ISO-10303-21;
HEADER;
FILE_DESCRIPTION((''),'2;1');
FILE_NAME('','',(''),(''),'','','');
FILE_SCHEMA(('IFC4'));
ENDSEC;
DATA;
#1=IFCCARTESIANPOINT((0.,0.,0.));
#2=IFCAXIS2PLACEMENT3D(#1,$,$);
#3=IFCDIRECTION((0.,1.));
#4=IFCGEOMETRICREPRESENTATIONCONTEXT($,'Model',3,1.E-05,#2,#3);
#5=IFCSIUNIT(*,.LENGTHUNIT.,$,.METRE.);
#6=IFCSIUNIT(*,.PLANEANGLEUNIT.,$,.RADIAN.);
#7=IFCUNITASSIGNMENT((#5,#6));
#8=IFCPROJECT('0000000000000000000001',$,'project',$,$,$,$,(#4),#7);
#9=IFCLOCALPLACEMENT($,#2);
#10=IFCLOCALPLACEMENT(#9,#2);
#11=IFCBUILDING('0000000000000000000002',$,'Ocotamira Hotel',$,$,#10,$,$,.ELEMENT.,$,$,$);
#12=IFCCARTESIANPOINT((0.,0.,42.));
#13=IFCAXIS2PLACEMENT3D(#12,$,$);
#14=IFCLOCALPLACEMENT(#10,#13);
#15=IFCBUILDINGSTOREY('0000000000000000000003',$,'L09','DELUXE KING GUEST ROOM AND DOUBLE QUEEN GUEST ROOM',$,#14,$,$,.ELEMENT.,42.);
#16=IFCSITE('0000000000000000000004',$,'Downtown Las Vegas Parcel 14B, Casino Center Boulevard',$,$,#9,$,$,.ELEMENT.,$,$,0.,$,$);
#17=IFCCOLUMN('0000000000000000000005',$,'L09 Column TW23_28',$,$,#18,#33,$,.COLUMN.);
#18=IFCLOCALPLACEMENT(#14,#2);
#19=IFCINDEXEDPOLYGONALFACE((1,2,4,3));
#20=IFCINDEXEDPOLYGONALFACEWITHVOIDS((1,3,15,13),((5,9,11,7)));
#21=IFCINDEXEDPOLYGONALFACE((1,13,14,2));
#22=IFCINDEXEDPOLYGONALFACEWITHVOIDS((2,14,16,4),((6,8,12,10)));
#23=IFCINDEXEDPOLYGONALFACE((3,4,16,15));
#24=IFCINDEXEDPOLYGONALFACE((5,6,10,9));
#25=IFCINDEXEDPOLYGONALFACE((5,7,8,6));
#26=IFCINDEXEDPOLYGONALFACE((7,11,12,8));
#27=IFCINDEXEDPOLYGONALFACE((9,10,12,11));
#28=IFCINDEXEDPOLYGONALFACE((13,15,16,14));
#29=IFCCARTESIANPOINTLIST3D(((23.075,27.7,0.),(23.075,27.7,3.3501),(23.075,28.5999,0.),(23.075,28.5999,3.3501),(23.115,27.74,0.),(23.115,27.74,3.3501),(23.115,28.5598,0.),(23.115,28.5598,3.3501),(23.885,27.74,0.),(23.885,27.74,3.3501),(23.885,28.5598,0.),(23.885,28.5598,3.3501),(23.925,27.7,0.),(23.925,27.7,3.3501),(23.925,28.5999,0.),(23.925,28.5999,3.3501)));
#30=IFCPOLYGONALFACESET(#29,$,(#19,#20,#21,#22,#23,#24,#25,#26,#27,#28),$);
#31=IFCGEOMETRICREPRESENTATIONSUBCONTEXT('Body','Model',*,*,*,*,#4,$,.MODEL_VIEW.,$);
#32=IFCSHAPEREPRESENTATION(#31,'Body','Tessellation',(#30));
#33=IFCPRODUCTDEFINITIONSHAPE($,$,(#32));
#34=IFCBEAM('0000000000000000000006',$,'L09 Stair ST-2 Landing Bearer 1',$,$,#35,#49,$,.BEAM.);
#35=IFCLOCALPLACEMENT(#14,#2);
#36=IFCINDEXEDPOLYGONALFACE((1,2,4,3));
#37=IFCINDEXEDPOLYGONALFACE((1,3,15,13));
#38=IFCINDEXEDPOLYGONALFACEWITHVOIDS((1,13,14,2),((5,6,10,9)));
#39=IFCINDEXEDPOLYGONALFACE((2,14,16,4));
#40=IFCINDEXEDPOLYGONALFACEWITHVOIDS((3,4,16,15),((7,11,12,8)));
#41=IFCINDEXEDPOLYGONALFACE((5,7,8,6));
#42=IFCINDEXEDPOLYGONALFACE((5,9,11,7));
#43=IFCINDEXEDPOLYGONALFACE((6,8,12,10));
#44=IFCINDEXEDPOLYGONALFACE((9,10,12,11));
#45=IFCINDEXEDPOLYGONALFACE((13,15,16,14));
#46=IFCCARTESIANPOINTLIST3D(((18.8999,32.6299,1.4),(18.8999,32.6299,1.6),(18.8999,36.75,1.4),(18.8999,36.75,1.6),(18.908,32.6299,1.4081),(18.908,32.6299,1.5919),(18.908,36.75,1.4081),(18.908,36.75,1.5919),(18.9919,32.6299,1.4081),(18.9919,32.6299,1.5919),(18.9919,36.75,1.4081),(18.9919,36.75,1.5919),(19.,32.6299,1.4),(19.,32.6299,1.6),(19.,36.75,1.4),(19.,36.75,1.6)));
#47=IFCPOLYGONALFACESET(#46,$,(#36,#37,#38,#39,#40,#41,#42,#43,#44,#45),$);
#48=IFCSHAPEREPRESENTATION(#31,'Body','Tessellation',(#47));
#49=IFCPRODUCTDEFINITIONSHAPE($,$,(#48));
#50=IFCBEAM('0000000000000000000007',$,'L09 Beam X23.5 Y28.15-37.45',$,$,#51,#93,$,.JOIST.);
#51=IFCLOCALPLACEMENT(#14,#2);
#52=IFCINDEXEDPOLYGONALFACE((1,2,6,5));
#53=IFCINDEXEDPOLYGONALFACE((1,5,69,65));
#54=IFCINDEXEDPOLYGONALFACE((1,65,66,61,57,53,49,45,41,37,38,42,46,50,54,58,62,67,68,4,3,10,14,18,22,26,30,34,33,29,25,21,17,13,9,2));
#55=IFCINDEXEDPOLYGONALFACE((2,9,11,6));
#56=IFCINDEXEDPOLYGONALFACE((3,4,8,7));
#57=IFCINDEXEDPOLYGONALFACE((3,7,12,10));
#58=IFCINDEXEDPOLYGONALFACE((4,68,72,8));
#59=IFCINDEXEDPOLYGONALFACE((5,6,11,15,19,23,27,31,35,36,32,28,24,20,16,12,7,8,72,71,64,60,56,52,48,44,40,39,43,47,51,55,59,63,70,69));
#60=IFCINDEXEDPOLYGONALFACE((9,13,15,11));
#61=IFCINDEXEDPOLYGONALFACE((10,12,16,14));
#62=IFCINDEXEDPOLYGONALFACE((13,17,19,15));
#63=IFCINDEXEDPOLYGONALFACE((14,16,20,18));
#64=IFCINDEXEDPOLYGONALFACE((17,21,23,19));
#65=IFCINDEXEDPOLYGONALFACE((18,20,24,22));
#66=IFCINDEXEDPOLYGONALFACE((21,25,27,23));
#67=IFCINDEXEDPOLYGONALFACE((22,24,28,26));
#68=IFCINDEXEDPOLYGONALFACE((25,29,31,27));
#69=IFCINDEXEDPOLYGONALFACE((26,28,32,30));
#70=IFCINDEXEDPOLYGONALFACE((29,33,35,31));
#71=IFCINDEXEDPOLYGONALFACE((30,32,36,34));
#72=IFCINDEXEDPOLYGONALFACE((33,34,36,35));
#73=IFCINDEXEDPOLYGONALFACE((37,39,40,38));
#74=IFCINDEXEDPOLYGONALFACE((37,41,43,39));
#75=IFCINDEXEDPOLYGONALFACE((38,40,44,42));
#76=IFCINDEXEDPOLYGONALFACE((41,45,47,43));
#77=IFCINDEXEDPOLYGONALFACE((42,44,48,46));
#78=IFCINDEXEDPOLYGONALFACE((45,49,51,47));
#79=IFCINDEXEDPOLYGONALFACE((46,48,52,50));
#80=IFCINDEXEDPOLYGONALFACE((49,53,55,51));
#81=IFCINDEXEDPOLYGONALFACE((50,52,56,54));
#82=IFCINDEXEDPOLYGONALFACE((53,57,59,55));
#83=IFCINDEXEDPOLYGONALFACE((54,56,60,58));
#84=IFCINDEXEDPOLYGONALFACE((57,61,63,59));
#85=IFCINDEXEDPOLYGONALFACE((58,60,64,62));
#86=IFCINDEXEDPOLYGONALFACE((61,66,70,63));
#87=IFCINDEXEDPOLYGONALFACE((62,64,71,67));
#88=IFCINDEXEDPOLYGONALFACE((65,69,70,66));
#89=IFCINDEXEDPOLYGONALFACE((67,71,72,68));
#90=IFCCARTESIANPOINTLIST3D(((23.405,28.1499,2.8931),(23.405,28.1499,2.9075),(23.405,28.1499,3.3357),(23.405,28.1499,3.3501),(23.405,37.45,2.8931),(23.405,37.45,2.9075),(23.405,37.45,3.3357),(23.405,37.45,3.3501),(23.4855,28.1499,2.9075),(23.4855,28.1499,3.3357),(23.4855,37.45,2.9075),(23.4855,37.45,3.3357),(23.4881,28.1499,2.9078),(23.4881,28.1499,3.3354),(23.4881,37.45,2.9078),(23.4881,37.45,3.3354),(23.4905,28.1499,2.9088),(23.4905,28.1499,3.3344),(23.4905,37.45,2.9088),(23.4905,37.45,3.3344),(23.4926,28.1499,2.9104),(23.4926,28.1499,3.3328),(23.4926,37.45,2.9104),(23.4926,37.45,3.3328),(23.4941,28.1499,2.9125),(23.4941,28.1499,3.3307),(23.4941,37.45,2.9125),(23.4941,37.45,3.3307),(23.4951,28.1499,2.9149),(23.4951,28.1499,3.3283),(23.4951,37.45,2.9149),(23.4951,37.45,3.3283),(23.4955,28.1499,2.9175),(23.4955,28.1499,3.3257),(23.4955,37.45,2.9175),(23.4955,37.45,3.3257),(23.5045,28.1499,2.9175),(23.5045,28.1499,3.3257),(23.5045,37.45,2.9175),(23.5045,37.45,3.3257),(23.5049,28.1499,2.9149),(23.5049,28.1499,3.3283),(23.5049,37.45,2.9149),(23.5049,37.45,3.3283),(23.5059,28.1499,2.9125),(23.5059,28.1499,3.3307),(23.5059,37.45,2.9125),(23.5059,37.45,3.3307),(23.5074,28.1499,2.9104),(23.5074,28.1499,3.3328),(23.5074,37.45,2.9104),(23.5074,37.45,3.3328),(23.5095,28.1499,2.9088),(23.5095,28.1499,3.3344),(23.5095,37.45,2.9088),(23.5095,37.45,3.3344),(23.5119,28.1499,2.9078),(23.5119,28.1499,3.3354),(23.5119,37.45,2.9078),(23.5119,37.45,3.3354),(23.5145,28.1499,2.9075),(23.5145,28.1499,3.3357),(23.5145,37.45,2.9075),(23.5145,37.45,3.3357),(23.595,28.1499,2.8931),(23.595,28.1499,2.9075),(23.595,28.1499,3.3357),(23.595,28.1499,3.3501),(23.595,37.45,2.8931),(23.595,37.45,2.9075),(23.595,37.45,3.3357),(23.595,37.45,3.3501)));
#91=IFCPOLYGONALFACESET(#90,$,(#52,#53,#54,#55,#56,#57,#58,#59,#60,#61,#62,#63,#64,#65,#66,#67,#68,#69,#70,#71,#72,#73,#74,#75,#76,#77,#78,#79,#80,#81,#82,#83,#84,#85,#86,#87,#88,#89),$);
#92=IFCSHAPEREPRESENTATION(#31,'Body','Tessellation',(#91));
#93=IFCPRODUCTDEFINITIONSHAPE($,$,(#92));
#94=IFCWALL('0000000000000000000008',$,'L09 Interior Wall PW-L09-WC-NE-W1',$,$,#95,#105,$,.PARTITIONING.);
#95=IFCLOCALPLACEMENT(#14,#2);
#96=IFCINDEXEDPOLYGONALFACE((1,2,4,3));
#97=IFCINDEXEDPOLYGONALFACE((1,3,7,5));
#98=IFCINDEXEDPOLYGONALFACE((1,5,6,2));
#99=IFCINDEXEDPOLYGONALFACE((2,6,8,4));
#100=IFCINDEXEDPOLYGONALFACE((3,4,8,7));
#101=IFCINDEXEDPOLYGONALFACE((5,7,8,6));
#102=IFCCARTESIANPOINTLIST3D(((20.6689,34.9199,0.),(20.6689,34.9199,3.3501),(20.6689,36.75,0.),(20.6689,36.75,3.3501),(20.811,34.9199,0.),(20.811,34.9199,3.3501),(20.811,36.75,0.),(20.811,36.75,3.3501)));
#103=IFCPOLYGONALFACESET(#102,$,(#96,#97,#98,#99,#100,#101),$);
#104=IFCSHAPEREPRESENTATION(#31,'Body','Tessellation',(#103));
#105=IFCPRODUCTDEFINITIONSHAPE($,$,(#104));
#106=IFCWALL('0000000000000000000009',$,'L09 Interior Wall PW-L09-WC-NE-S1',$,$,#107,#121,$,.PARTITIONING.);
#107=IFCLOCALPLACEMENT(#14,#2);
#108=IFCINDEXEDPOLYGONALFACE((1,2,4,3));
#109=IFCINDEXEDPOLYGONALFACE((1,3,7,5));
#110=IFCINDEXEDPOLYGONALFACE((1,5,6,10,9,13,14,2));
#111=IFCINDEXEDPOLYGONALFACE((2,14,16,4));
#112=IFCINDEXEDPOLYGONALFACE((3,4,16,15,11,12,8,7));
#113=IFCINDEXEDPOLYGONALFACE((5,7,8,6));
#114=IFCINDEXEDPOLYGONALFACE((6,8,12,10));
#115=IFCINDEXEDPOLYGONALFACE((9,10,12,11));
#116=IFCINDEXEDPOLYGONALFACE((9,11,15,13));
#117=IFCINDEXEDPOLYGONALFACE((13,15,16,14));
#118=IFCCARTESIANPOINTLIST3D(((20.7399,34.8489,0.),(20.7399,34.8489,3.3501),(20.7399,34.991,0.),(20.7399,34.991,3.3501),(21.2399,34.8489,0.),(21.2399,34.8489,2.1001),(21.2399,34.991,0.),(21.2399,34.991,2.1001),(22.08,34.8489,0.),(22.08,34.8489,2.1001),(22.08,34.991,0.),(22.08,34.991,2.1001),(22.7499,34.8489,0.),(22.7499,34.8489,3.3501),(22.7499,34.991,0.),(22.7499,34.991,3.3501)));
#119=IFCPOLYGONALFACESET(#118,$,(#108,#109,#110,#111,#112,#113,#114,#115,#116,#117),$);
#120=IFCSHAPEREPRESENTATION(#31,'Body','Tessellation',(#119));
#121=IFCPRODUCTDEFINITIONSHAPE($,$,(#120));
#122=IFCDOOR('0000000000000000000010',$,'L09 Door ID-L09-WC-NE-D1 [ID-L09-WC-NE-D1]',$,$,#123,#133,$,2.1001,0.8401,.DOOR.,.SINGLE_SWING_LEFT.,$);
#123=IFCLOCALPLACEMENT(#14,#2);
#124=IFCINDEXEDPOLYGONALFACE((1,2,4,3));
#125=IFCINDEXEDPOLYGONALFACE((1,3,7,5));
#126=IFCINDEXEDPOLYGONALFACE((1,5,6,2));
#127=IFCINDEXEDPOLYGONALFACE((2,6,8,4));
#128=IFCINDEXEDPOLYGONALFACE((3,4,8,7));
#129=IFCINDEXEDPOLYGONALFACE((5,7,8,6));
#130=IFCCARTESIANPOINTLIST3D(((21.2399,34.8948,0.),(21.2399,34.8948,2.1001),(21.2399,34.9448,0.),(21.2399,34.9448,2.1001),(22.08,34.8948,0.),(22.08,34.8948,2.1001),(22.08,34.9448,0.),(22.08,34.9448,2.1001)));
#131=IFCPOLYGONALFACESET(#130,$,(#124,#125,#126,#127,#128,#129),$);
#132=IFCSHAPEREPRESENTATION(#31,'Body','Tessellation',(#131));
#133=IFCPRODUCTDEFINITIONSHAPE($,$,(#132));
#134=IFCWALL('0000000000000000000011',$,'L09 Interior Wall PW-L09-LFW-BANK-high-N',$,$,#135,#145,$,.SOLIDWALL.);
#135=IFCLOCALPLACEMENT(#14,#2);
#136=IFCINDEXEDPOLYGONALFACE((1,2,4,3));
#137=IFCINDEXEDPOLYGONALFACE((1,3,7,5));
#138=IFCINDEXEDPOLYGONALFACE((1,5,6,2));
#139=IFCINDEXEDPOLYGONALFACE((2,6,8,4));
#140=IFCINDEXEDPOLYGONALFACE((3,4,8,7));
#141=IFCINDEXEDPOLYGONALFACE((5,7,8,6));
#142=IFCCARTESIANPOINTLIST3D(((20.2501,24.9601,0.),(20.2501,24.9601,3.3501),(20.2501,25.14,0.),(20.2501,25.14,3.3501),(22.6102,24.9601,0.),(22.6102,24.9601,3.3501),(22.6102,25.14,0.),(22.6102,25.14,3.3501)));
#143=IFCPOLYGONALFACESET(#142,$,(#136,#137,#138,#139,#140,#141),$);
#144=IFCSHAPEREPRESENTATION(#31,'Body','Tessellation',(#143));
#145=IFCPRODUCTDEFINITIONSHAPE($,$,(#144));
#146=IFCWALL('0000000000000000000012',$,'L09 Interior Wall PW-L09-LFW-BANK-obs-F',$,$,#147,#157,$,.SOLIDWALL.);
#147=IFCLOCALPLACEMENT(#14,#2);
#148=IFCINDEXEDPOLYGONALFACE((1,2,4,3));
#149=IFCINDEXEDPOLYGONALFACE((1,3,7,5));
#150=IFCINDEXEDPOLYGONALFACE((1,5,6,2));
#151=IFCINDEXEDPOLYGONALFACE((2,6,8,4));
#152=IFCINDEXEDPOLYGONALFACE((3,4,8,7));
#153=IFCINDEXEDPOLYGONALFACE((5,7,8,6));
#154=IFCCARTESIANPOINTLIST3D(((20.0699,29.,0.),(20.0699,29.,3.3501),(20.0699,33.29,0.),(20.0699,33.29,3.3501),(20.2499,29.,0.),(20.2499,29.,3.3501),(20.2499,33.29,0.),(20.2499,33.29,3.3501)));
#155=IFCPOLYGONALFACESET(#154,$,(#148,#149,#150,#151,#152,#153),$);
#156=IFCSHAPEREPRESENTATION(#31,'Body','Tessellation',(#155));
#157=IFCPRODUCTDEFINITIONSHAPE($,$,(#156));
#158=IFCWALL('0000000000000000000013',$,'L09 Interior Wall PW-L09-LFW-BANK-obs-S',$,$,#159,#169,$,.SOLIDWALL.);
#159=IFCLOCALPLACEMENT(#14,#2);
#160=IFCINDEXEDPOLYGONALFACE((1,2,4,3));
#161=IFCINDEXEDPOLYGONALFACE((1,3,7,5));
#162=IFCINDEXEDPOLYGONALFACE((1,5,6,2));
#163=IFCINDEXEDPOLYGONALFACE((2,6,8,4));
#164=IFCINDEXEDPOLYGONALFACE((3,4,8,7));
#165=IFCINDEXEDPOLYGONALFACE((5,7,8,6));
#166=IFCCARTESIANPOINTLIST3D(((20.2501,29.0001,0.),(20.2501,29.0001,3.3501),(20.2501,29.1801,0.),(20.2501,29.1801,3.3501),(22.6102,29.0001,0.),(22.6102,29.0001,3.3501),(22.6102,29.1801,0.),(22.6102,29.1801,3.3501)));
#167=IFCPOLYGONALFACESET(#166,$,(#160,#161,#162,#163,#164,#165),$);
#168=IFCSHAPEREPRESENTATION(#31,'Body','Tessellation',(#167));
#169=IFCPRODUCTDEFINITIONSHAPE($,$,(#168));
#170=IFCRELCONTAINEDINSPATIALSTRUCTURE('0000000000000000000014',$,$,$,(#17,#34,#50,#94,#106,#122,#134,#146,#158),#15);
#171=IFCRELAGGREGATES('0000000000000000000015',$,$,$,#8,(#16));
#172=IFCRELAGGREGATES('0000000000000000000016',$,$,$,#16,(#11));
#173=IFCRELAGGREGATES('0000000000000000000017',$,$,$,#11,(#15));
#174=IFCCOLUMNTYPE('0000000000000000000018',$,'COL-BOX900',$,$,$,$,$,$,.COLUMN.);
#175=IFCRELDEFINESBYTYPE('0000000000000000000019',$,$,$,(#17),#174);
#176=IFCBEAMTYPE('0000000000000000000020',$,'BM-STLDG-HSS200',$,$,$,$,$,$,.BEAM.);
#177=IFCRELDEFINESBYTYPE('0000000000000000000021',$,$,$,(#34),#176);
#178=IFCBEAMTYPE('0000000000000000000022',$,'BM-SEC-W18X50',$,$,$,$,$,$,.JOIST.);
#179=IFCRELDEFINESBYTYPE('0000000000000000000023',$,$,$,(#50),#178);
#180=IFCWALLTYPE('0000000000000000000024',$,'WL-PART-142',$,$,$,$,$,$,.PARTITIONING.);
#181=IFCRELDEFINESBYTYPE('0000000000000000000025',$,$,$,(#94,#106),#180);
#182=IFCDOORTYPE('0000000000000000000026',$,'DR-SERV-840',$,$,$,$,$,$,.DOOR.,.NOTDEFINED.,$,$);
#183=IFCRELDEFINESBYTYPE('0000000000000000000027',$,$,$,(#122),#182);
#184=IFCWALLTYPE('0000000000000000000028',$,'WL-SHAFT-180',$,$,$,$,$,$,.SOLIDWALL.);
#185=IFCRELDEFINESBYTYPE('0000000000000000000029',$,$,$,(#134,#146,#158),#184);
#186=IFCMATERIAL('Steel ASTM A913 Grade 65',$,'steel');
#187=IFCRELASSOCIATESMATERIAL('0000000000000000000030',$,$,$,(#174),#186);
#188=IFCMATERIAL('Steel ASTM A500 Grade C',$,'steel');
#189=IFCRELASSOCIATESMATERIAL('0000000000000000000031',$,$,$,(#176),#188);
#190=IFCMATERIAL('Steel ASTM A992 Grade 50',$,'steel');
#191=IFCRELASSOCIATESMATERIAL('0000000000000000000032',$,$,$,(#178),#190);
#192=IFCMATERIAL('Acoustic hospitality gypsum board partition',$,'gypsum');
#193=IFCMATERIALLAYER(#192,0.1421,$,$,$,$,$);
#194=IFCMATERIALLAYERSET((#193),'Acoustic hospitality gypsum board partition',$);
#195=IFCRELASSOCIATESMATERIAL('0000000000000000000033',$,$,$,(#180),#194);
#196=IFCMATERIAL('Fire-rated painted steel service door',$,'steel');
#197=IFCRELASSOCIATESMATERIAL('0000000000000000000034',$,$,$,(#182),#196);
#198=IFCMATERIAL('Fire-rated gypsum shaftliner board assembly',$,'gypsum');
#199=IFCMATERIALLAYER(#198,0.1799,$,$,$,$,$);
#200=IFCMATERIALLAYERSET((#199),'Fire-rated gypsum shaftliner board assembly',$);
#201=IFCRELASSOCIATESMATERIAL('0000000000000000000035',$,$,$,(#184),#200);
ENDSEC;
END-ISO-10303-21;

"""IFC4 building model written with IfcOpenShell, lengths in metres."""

from ifc_helpers import new_model, si_unit, direction, frame, frame_2d, origin, origin_2d, place, context, subcontext, project, spatial, rectangle, hollow_rectangle, i_section, extrude, source, transform, mapped, material, layer, layer_set, material_profile, profile_set, type_object, element, fill, save


model = new_model("IFC4")

# Units and contexts
model_context = context("Model", 3, precision=1e-05, world=origin(), true_north=direction((0.0, 1.0)))
body_context = subcontext(model_context, "Body", "Model", "MODEL_VIEW")
ifc_project = project(units=[si_unit("LENGTHUNIT", "METRE"), si_unit("PLANEANGLEUNIT", "RADIAN")], contexts=[model_context])

# Site, building, storey
site_placement = place(None, origin())
site = spatial("IfcSite", under=ifc_project, at=site_placement, Name="Downtown Las Vegas Parcel 14B, Casino Center Boulevard", CompositionType="ELEMENT", RefElevation=0.0)
building_placement = place(site_placement, origin())
building = spatial("IfcBuilding", under=site, at=building_placement, Name="Ocotamira Hotel", CompositionType="ELEMENT")
storey_placement = place(building_placement, frame((0.0, 0.0, 42.0)))
storey = spatial("IfcBuildingStorey", under=building, at=storey_placement, Name="L09", Description="DELUXE KING GUEST ROOM AND DOUBLE QUEEN GUEST ROOM", CompositionType="ELEMENT", Elevation=42.0)

# Column
ifc_material_1 = material(Name="Steel ASTM A913 Grade 65", Category="steel")
ifc_material_profile_1 = material_profile(ifc_material_1, hollow_rectangle(XDim=0.8501, YDim=0.8999, WallThickness=0.04, at=origin_2d()), Name="BOX900X850X40")
ifc_profile_set_1 = profile_set([ifc_material_profile_1], Name="Steel ASTM A913 Grade 65")
column_type = type_object("IfcColumnType", Name="COL-BOX900", PredefinedType="COLUMN", material=ifc_profile_set_1)
shared_shape_1 = source(origin(), body_context, "Body", "SweptSolid", [
    extrude(hollow_rectangle(XDim=0.8501, YDim=0.8999, WallThickness=0.04, at=origin_2d()), origin(), (0.0, 0.0, 1.0), 3.3501),
])
column_placement = place(storey_placement, frame((23.5, 28.1499, 0.0), z_axis=(0.0, 0.0, 1.0), x_axis=(1.0, 0.0, 0.0)))
element("IfcColumn", 1, at=column_placement, inside=storey, type_object=column_type, Name="L09 Column TW23_28", PredefinedType="COLUMN", context=body_context, shape_type="MappedRepresentation", body=[
    mapped(shared_shape_1, transform((0.0, 0.0, 0.0), scale=1.0)),
])

# Beams
ifc_material_2 = material(Name="Steel ASTM A500 Grade C", Category="steel")
ifc_material_profile_2 = material_profile(ifc_material_2, hollow_rectangle(XDim=0.1001, YDim=0.2, WallThickness=0.0081, at=origin_2d()), Name="HSS200X100X8")
ifc_profile_set_2 = profile_set([ifc_material_profile_2], Name="Steel ASTM A500 Grade C")
beam_type_1 = type_object("IfcBeamType", Name="BM-STLDG-HSS200", PredefinedType="BEAM", material=ifc_profile_set_2)
shared_shape_2 = source(origin(), body_context, "Body", "SweptSolid", [
    extrude(hollow_rectangle(XDim=0.1001, YDim=0.2, WallThickness=0.0081, at=origin_2d()), origin(), (0.0, 0.0, 1.0), 4.1201),
])
beam_1_placement = place(storey_placement, frame((18.95, 32.6299, 1.5), z_axis=(0.0, 1.0, 0.0), x_axis=(-1.0, 0.0, 0.0)))
element("IfcBeam", 2, at=beam_1_placement, inside=storey, type_object=beam_type_1, Name="L09 Stair ST-2 Landing Bearer 1", PredefinedType="BEAM", context=body_context, shape_type="MappedRepresentation", body=[
    mapped(shared_shape_2, transform((0.0, 0.0, 0.0), scale=1.0)),
])
ifc_material_3 = material(Name="Steel ASTM A992 Grade 50", Category="steel")
ifc_material_profile_3 = material_profile(ifc_material_3, i_section(OverallWidth=0.1899, OverallDepth=0.457, WebThickness=0.009, FlangeThickness=0.0144, FilletRadius=0.01, at=origin_2d()), Name="W18X50")
ifc_profile_set_3 = profile_set([ifc_material_profile_3], Name="Steel ASTM A992 Grade 50")
beam_type_2 = type_object("IfcBeamType", Name="BM-SEC-W18X50", PredefinedType="JOIST", material=ifc_profile_set_3)
shared_shape_3 = source(origin(), body_context, "Body", "SweptSolid", [
    extrude(i_section(OverallWidth=0.1899, OverallDepth=0.457, WebThickness=0.009, FlangeThickness=0.0144, FilletRadius=0.01, at=origin_2d()), origin(), (0.0, 0.0, 1.0), 9.3),
])
beam_2_placement = place(storey_placement, frame((23.5, 28.1499, 3.1216), z_axis=(0.0, 1.0, 0.0), x_axis=(-1.0, 0.0, 0.0)))
element("IfcBeam", 3, at=beam_2_placement, inside=storey, type_object=beam_type_2, Name="L09 Beam X23.5 Y28.15-37.45", PredefinedType="JOIST", context=body_context, shape_type="MappedRepresentation", body=[
    mapped(shared_shape_3, transform((0.0, 0.0, 0.0), scale=1.0)),
])

# Wall
ifc_material_4 = material(Name="Acoustic hospitality gypsum board partition", Category="gypsum")
ifc_layer_1 = layer(ifc_material_4, 0.1421)
ifc_layer_set_1 = layer_set([ifc_layer_1], Name="Acoustic hospitality gypsum board partition")
wall_type_1 = type_object("IfcWallType", Name="WL-PART-142", PredefinedType="PARTITIONING", material=ifc_layer_set_1)
wall_1_placement = place(storey_placement, frame((20.74, 34.9199, 0.0), z_axis=(0.0, 0.0, 1.0), x_axis=(0.0, 1.0, 0.0)))
element("IfcWall", 4, at=wall_1_placement, inside=storey, type_object=wall_type_1, Name="L09 Interior Wall PW-L09-WC-NE-W1", PredefinedType="PARTITIONING", context=body_context, shape_type="SweptSolid", body=[
    extrude(rectangle(XDim=1.8301, YDim=0.1421, at=frame_2d((0.915, 0.0))), origin(), (0.0, 0.0, 1.0), 3.3501),
])

# Wall, opening, door
wall_2_placement = place(storey_placement, frame((20.74, 34.9199, 0.0), z_axis=(0.0, 0.0, 1.0), x_axis=(1.0, 0.0, 0.0)))
wall_2 = element("IfcWall", 5, at=wall_2_placement, inside=storey, type_object=wall_type_1, Name="L09 Interior Wall PW-L09-WC-NE-S1", PredefinedType="PARTITIONING", context=body_context, shape_type="SweptSolid", body=[
    extrude(rectangle(XDim=2.01, YDim=0.1421, at=frame_2d((1.0049, 0.0))), origin(), (0.0, 0.0, 1.0), 3.3501),
])
opening_1_placement = place(wall_2_placement, frame((0.5, 0.0, 0.0)))
opening_1 = element("IfcOpeningElement", 6, at=opening_1_placement, cuts=wall_2, PredefinedType="OPENING", context=body_context, shape_type="SweptSolid", body=[
    extrude(rectangle(XDim=0.8401, YDim=2.1001, at=frame_2d((0.4199, 1.05))), frame((0.0, 0.0811, 0.0), z_axis=(0.0, -1.0, 0.0), x_axis=(1.0, 0.0, 0.0)), (0.0, 0.0, 1.0), 0.1621),
])
ifc_material_5 = material(Name="Fire-rated painted steel service door", Category="steel")
door_type_1 = type_object("IfcDoorType", Name="DR-SERV-840", OperationType="NOTDEFINED", PredefinedType="DOOR", material=ifc_material_5)
shared_shape_4 = source(origin(), body_context, "Body", "SweptSolid", [
    extrude(rectangle(XDim=0.8401, YDim=2.1001, at=frame_2d((0.4199, 1.05))), frame((0.0, 0.0249, 0.0), z_axis=(0.0, -1.0, 0.0), x_axis=(1.0, 0.0, 0.0)), (0.0, 0.0, 1.0), 0.05),
])
door_1_placement = place(opening_1_placement, origin())
door_1 = element("IfcDoor", 7, at=door_1_placement, inside=storey, type_object=door_type_1, Name="L09 Door ID-L09-WC-NE-D1 [ID-L09-WC-NE-D1]", OperationType="SINGLE_SWING_LEFT", OverallHeight=2.1001, OverallWidth=0.8401, PredefinedType="DOOR", context=body_context, shape_type="MappedRepresentation", body=[
    mapped(shared_shape_4, transform((0.0, 0.0, 0.0), scale=1.0)),
])
fill(opening_1, door_1)

# Walls
ifc_material_6 = material(Name="Fire-rated gypsum shaftliner board assembly", Category="gypsum")
ifc_layer_2 = layer(ifc_material_6, 0.1799)
ifc_layer_set_2 = layer_set([ifc_layer_2], Name="Fire-rated gypsum shaftliner board assembly")
wall_type_2 = type_object("IfcWallType", Name="WL-SHAFT-180", PredefinedType="SOLIDWALL", material=ifc_layer_set_2)
wall_3_placement = place(storey_placement, frame((20.25, 25.05, 0.0), z_axis=(0.0, 0.0, 1.0), x_axis=(1.0, 0.0, 0.0)))
element("IfcWall", 8, at=wall_3_placement, inside=storey, type_object=wall_type_2, Name="L09 Interior Wall PW-L09-LFW-BANK-high-N", PredefinedType="SOLIDWALL", context=body_context, shape_type="SweptSolid", body=[
    extrude(rectangle(XDim=2.3601, YDim=0.1799, at=frame_2d((1.1802, 0.0))), origin(), (0.0, 0.0, 1.0), 3.3501),
])
wall_4_placement = place(storey_placement, frame((20.1599, 29.0, 0.0), z_axis=(0.0, 0.0, 1.0), x_axis=(0.0, 1.0, 0.0)))
element("IfcWall", 9, at=wall_4_placement, inside=storey, type_object=wall_type_2, Name="L09 Interior Wall PW-L09-LFW-BANK-obs-F", PredefinedType="SOLIDWALL", context=body_context, shape_type="SweptSolid", body=[
    extrude(rectangle(XDim=4.29, YDim=0.1799, at=frame_2d((2.145, 0.0))), origin(), (0.0, 0.0, 1.0), 3.3501),
])
wall_5_placement = place(storey_placement, frame((20.25, 29.0901, 0.0), z_axis=(0.0, 0.0, 1.0), x_axis=(1.0, 0.0, 0.0)))
element("IfcWall", 10, at=wall_5_placement, inside=storey, type_object=wall_type_2, Name="L09 Interior Wall PW-L09-LFW-BANK-obs-S", PredefinedType="SOLIDWALL", context=body_context, shape_type="SweptSolid", body=[
    extrude(rectangle(XDim=2.3601, YDim=0.1799, at=frame_2d((1.1802, 0.0))), origin(), (0.0, 0.0, 1.0), 3.3501),
])

save(model, "model.ifc")
